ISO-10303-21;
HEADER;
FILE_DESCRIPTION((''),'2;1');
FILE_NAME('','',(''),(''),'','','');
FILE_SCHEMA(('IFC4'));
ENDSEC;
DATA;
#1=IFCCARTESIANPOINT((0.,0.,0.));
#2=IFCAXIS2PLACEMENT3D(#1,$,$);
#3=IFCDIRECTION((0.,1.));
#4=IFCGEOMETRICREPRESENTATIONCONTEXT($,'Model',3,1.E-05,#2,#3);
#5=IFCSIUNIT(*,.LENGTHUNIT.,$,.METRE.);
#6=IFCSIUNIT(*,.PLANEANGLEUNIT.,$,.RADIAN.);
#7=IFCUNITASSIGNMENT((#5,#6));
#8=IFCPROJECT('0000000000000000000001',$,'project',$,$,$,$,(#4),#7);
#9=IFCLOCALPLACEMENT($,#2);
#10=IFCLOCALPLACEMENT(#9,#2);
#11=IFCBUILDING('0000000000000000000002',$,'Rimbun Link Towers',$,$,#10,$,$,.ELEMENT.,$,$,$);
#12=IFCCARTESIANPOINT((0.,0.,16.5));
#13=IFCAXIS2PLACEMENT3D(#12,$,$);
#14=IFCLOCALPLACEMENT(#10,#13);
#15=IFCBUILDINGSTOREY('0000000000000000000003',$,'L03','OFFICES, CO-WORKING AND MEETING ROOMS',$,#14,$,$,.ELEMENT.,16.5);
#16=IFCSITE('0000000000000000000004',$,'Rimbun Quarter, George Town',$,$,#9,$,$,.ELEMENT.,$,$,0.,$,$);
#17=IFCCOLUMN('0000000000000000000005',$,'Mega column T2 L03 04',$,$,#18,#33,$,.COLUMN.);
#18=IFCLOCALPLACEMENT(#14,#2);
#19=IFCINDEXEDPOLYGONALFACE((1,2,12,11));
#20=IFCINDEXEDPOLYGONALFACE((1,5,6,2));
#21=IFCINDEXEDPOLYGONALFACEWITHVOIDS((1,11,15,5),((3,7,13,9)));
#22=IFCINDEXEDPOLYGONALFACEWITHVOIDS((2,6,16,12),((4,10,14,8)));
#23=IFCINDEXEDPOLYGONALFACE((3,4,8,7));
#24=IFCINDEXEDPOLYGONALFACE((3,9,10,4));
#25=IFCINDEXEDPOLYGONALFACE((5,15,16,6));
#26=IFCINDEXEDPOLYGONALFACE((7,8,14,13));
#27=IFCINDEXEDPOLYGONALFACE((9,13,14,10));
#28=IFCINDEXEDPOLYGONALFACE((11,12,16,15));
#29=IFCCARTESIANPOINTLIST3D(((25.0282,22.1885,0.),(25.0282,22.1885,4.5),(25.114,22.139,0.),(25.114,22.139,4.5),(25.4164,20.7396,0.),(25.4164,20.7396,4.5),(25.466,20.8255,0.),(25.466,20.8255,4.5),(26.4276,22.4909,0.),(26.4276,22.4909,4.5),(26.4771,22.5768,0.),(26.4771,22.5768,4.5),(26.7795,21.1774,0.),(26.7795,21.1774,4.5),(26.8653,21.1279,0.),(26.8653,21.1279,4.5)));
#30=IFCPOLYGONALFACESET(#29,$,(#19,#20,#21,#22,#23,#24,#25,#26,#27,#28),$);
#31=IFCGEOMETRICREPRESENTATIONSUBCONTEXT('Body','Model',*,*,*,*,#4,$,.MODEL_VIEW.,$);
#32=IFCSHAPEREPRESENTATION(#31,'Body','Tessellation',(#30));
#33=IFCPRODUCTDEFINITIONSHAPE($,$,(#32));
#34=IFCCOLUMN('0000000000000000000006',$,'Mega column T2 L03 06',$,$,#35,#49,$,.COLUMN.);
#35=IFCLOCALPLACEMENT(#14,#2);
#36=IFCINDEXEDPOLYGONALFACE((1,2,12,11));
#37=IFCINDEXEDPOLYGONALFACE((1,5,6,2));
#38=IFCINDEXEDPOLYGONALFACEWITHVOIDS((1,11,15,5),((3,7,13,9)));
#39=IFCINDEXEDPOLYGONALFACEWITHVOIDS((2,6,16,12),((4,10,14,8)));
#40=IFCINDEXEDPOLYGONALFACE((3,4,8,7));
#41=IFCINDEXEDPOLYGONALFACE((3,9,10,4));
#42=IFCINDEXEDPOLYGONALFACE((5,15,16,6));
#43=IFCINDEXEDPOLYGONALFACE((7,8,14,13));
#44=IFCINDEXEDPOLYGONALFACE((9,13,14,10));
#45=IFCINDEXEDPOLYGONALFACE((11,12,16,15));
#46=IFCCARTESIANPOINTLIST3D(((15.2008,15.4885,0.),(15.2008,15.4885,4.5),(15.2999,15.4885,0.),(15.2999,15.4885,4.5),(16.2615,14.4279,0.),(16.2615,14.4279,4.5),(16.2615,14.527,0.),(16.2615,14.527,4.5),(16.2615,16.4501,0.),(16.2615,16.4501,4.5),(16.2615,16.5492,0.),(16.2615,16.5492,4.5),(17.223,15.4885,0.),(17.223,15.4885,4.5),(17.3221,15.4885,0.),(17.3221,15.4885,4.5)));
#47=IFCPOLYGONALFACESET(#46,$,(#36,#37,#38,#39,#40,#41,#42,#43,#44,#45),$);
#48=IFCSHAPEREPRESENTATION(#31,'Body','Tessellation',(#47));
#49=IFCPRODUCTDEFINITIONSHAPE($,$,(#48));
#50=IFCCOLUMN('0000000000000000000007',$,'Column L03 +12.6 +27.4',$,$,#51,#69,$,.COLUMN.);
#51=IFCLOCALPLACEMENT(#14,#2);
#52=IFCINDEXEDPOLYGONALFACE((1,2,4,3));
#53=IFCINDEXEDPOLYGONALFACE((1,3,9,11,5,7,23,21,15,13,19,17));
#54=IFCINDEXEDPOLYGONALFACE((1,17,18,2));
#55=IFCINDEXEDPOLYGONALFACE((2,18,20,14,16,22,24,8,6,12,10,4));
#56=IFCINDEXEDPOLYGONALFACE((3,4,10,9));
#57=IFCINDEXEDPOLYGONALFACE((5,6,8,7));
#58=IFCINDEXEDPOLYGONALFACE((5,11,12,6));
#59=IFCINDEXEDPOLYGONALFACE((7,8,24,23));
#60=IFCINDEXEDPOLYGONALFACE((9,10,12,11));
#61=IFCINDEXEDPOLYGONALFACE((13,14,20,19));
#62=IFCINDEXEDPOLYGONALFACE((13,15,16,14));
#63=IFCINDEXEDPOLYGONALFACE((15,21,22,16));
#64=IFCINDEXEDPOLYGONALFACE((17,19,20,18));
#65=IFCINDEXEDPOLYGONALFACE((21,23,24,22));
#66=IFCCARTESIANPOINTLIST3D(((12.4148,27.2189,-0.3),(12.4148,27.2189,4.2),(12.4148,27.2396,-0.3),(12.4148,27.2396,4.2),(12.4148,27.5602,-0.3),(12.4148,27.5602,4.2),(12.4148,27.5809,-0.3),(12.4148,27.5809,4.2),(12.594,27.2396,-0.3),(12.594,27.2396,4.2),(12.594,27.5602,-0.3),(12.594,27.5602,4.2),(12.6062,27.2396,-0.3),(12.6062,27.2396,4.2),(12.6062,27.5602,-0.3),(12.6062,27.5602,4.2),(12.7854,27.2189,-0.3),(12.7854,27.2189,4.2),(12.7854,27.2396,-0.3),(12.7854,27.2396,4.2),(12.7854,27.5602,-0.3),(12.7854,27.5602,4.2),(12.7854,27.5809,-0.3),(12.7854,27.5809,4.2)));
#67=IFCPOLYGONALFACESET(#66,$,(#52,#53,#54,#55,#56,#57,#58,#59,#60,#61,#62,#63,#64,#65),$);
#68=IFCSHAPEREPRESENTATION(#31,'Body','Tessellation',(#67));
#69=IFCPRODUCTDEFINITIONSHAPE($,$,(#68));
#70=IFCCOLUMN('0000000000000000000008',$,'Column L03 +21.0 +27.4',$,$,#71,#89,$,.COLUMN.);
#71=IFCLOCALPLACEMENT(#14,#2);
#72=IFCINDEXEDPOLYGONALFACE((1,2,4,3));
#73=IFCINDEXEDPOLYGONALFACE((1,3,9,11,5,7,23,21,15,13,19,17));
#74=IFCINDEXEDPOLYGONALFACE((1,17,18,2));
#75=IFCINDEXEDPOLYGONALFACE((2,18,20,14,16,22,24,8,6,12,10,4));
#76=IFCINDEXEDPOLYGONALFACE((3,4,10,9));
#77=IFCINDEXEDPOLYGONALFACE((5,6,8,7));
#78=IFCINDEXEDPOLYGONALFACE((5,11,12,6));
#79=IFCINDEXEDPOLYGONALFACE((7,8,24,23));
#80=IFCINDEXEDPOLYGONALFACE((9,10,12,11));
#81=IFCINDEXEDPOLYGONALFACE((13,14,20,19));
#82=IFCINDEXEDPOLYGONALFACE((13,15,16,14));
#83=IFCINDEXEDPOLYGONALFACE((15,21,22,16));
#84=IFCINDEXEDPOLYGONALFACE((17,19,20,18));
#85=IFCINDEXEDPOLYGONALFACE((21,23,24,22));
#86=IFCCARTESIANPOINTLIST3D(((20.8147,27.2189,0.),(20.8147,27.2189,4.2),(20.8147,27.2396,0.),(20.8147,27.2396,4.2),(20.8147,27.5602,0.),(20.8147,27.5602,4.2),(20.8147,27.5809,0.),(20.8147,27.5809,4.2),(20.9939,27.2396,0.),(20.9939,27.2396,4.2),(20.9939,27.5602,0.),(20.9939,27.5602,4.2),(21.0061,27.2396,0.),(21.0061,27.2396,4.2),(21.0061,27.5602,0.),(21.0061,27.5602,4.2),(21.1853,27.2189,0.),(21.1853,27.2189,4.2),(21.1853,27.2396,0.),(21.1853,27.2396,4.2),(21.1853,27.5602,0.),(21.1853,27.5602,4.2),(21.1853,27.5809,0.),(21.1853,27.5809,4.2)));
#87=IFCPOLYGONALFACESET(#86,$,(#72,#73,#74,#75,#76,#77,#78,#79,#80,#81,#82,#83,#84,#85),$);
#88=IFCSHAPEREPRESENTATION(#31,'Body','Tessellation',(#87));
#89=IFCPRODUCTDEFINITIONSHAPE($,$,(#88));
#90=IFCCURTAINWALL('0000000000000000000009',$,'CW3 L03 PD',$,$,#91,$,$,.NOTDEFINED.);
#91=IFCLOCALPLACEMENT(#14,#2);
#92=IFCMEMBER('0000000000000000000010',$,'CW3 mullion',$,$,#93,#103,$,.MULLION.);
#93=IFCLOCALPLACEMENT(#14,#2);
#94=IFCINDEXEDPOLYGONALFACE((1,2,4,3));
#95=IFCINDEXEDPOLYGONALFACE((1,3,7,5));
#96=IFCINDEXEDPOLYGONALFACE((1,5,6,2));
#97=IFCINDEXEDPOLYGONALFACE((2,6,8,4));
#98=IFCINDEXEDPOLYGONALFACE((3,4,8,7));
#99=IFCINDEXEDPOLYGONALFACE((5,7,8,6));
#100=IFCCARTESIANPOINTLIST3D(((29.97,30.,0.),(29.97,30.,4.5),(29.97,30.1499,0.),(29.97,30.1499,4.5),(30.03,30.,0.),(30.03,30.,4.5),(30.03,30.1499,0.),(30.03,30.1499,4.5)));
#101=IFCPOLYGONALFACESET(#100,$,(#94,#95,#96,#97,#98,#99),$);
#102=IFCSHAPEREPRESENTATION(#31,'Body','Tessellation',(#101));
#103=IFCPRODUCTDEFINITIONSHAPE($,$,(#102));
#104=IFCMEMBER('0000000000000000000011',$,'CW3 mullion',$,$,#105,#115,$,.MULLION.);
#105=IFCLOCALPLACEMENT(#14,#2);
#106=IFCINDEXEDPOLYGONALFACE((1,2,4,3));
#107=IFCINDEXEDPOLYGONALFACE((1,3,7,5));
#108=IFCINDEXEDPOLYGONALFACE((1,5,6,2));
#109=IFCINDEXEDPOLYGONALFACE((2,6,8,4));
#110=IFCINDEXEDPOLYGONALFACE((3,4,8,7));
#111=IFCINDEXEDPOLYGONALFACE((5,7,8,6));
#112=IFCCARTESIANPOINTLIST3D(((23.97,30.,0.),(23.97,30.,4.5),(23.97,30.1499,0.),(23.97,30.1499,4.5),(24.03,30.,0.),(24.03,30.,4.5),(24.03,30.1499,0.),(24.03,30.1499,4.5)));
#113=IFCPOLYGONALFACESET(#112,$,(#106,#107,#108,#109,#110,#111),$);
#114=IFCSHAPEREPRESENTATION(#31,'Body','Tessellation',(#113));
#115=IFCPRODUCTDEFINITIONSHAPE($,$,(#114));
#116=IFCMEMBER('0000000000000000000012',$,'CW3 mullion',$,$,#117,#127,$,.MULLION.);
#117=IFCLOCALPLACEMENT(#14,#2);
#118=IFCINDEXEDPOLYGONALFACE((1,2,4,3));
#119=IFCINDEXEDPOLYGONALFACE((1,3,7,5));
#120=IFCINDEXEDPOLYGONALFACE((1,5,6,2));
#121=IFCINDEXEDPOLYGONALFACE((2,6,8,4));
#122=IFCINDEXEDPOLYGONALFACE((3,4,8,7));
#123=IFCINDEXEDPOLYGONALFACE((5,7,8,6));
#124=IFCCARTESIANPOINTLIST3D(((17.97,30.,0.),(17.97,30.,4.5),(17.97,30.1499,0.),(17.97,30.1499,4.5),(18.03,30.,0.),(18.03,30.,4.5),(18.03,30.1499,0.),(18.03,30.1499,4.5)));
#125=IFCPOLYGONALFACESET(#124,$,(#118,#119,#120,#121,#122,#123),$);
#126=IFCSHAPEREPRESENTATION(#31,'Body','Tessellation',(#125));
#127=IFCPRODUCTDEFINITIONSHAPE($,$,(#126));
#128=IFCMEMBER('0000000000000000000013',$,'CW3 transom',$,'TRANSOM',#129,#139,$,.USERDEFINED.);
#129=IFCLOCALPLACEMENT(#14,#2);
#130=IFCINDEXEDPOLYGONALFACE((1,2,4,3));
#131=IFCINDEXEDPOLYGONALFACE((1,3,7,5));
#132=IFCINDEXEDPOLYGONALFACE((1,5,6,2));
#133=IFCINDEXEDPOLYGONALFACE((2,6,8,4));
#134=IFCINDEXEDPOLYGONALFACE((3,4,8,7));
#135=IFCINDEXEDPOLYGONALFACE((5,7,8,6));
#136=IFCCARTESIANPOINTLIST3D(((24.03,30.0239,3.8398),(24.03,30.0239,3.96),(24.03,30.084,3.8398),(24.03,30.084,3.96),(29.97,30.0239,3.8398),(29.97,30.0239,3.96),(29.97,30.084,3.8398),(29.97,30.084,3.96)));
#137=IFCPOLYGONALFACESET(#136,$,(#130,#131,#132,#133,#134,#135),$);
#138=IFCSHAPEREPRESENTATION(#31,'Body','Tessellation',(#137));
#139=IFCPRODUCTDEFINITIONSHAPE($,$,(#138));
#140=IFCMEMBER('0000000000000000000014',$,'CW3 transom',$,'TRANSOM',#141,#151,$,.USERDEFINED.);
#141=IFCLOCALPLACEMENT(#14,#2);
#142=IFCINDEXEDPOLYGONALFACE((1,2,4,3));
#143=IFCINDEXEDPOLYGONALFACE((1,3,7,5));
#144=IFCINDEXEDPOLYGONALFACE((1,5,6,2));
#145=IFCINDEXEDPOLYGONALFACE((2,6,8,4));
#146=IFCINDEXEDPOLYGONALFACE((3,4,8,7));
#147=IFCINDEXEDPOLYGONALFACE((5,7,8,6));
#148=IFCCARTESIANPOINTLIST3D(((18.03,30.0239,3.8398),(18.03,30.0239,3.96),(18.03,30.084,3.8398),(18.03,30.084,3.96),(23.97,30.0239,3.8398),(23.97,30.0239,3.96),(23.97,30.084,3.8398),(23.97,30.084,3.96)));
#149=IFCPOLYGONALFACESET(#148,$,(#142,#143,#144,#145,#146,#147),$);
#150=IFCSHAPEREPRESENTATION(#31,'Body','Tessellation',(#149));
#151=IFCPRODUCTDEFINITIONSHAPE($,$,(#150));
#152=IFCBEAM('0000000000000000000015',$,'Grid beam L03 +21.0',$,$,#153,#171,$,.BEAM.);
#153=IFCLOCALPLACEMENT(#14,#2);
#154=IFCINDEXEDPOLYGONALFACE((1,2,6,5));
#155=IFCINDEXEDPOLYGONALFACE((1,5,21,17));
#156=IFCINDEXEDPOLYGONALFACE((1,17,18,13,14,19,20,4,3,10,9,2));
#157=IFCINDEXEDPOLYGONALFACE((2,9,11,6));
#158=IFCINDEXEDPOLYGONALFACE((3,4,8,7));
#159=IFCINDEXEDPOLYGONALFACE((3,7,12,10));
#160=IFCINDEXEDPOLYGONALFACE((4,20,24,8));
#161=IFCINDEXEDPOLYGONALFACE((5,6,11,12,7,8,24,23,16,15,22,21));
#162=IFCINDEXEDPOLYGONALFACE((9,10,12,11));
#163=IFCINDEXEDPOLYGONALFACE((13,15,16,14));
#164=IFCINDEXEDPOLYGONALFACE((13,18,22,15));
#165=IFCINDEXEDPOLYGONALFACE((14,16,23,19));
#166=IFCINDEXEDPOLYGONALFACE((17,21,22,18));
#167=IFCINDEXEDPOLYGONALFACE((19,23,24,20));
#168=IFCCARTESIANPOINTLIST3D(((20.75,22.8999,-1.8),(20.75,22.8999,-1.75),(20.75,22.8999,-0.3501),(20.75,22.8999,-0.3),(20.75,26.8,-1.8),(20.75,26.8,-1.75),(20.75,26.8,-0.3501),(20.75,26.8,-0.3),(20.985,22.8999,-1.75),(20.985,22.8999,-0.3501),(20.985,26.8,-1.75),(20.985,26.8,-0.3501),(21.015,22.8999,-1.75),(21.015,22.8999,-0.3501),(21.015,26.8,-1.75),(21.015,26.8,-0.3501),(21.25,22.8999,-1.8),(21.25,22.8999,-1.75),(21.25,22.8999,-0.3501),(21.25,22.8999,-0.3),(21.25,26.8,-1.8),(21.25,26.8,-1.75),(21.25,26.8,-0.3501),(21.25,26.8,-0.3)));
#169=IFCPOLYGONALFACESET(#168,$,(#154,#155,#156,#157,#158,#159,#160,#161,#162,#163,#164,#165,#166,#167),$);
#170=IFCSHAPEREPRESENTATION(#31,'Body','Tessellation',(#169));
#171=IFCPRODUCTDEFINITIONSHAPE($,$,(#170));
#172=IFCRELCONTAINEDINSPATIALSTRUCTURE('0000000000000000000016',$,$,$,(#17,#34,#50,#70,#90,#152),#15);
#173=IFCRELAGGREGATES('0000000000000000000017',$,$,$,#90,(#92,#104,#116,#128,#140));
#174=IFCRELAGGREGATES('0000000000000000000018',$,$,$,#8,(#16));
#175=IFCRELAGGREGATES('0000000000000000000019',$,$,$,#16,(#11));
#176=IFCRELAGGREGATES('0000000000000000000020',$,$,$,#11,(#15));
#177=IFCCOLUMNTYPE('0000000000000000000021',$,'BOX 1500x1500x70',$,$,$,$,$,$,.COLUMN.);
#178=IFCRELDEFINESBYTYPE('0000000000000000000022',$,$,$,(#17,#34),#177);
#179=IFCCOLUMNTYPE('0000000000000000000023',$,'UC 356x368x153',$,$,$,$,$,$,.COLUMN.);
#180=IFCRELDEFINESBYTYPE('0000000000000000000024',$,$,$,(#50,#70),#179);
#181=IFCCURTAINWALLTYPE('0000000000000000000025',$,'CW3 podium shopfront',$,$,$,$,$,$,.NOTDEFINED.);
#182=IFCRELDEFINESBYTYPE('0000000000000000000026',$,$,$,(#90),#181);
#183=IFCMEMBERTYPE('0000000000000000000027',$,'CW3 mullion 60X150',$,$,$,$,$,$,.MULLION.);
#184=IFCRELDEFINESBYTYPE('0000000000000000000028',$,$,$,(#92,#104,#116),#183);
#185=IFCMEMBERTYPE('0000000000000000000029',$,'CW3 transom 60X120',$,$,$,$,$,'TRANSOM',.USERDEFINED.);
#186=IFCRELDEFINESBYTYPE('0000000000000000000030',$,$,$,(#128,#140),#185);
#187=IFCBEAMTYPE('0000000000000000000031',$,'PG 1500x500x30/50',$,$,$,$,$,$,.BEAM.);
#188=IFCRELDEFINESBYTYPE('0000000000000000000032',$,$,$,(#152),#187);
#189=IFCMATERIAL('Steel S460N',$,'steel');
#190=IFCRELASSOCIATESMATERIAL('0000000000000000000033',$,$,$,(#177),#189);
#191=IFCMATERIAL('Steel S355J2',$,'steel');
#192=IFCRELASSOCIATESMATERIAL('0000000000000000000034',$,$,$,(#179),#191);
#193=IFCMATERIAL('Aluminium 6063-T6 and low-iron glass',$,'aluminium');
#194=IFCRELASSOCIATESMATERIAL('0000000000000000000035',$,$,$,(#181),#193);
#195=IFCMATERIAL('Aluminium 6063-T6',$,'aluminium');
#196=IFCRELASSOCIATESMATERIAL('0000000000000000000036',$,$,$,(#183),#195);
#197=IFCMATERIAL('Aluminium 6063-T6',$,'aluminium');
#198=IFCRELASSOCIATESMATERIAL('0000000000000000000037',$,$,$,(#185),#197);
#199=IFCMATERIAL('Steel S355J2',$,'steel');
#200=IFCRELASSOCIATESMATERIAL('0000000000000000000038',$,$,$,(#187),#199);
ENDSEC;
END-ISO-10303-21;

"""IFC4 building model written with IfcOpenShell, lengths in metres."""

from ifc_helpers import new_model, si_unit, direction, frame, origin, origin_2d, place, context, subcontext, project, spatial, rectangle, hollow_rectangle, i_section, extrude, material, material_profile, profile_set, type_object, element, aggregate, save


model = new_model("IFC4")

# Units and contexts
model_context = context("Model", 3, precision=1e-05, world=origin(), true_north=direction((0.0, 1.0)))
body_context = subcontext(model_context, "Body", "Model", "MODEL_VIEW")
ifc_project = project(units=[si_unit("LENGTHUNIT", "METRE"), si_unit("PLANEANGLEUNIT", "RADIAN")], contexts=[model_context])

# Site, building, storey
site_placement = place(None, origin())
site = spatial("IfcSite", under=ifc_project, at=site_placement, Name="Rimbun Quarter, George Town", CompositionType="ELEMENT", RefElevation=0.0)
building_placement = place(site_placement, origin())
building = spatial("IfcBuilding", under=site, at=building_placement, Name="Rimbun Link Towers", CompositionType="ELEMENT")
storey_placement = place(building_placement, frame((0.0, 0.0, 16.5)))
storey = spatial("IfcBuildingStorey", under=building, at=storey_placement, Name="L03", Description="OFFICES, CO-WORKING AND MEETING ROOMS", CompositionType="ELEMENT", Elevation=16.5)

# Columns
ifc_material_1 = material(Name="Steel S460N", Category="steel")
ifc_material_profile_1 = material_profile(ifc_material_1, hollow_rectangle(XDim=1.5, YDim=1.5, WallThickness=0.0701, at=origin_2d()), Name="BOX 1500x1500x70")
ifc_profile_set_1 = profile_set([ifc_material_profile_1], Name="Steel S460N")
column_type_1 = type_object("IfcColumnType", Name="BOX 1500x1500x70", PredefinedType="COLUMN", material=ifc_profile_set_1)
for number, where, z_axis, x_axis, name in (
    (1, (25.9468, 21.6582, 0.0), (0.0, 0.0, 1.0), (-0.258819, 0.965926, 0.0), "Mega column T2 L03 04"),
    (2, (16.2615, 15.4885, 0.0), (0.0, 0.0, 1.0), (-0.707107, 0.707107, 0.0), "Mega column T2 L03 06"),
):
    element("IfcColumn", number, at=place(storey_placement, frame(where, z_axis=z_axis, x_axis=x_axis)), inside=storey, type_object=column_type_1, Name=name, PredefinedType="COLUMN", context=body_context, shape_type="SweptSolid", body=[
        extrude(hollow_rectangle(XDim=1.5, YDim=1.5, WallThickness=0.0701, at=origin_2d()), origin(), (0.0, 0.0, 1.0), 4.5),
    ])
ifc_material_2 = material(Name="Steel S355J2", Category="steel")
ifc_material_profile_2 = material_profile(ifc_material_2, i_section(OverallWidth=0.3706, OverallDepth=0.3621, WebThickness=0.0122, FlangeThickness=0.0208, at=origin_2d()), Name="UC 356x368x153")
ifc_profile_set_2 = profile_set([ifc_material_profile_2], Name="Steel S355J2")
column_type_2 = type_object("IfcColumnType", Name="UC 356x368x153", PredefinedType="COLUMN", material=ifc_profile_set_2)
column_1_placement = place(storey_placement, frame((12.6001, 27.3999, -0.3), z_axis=(0.0, 0.0, 1.0), x_axis=(1.0, 0.0, 0.0)))
element("IfcColumn", 3, at=column_1_placement, inside=storey, type_object=column_type_2, Name="Column L03 +12.6 +27.4", PredefinedType="COLUMN", context=body_context, shape_type="SweptSolid", body=[
    extrude(i_section(OverallWidth=0.3706, OverallDepth=0.3621, WebThickness=0.0122, FlangeThickness=0.0208, at=origin_2d()), origin(), (0.0, 0.0, 1.0), 4.5),
])
column_2_placement = place(storey_placement, frame((21.0, 27.3999, 0.0), z_axis=(0.0, 0.0, 1.0), x_axis=(1.0, 0.0, 0.0)))
element("IfcColumn", 4, at=column_2_placement, inside=storey, type_object=column_type_2, Name="Column L03 +21.0 +27.4", PredefinedType="COLUMN", context=body_context, shape_type="SweptSolid", body=[
    extrude(i_section(OverallWidth=0.3706, OverallDepth=0.3621, WebThickness=0.0122, FlangeThickness=0.0208, at=origin_2d()), origin(), (0.0, 0.0, 1.0), 4.2),
])

# Curtain wall, members
ifc_material_3 = material(Name="Aluminium 6063-T6 and low-iron glass", Category="aluminium")
curtain_wall_type = type_object("IfcCurtainWallType", Name="CW3 podium shopfront", PredefinedType="NOTDEFINED", material=ifc_material_3)
curtain_wall_placement = place(storey_placement, origin())
curtain_wall = element("IfcCurtainWall", 5, at=curtain_wall_placement, inside=storey, type_object=curtain_wall_type, Name="CW3 L03 PD", PredefinedType="NOTDEFINED")
ifc_material_4 = material(Name="Aluminium 6063-T6", Category="aluminium")
ifc_material_profile_3 = material_profile(ifc_material_4, rectangle(XDim=0.1499, YDim=0.0601, at=origin_2d()), Name="MULLION 60X150")
ifc_profile_set_3 = profile_set([ifc_material_profile_3], Name="Aluminium 6063-T6")
member_type_1 = type_object("IfcMemberType", Name="CW3 mullion 60X150", PredefinedType="MULLION", material=ifc_profile_set_3)
member_1_placement = place(storey_placement, frame((30.0, 30.075, 0.0), z_axis=(0.0, 0.0, 1.0), x_axis=(0.0, 1.0, 0.0)))
member_1 = element("IfcMember", 6, at=member_1_placement, type_object=member_type_1, Name="CW3 mullion", PredefinedType="MULLION", context=body_context, shape_type="SweptSolid", body=[
    extrude(rectangle(XDim=0.1499, YDim=0.0601, at=origin_2d()), origin(), (0.0, 0.0, 1.0), 4.5),
])
member_2_placement = place(storey_placement, frame((24.0, 30.075, 0.0), z_axis=(0.0, 0.0, 1.0), x_axis=(0.0, 1.0, 0.0)))
member_2 = element("IfcMember", 7, at=member_2_placement, type_object=member_type_1, Name="CW3 mullion", PredefinedType="MULLION", context=body_context, shape_type="SweptSolid", body=[
    extrude(rectangle(XDim=0.1499, YDim=0.0601, at=origin_2d()), origin(), (0.0, 0.0, 1.0), 4.5),
])
member_3_placement = place(storey_placement, frame((18.0, 30.075, 0.0), z_axis=(0.0, 0.0, 1.0), x_axis=(0.0, 1.0, 0.0)))
member_3 = element("IfcMember", 8, at=member_3_placement, type_object=member_type_1, Name="CW3 mullion", PredefinedType="MULLION", context=body_context, shape_type="SweptSolid", body=[
    extrude(rectangle(XDim=0.1499, YDim=0.0601, at=origin_2d()), origin(), (0.0, 0.0, 1.0), 4.5),
])
ifc_material_5 = material(Name="Aluminium 6063-T6", Category="aluminium")
ifc_material_profile_4 = material_profile(ifc_material_5, rectangle(XDim=0.0601, YDim=0.1201, at=origin_2d()), Name="TRANSOM 60X120")
ifc_profile_set_4 = profile_set([ifc_material_profile_4], Name="Aluminium 6063-T6")
member_type_2 = type_object("IfcMemberType", Name="CW3 transom 60X120", ElementType="TRANSOM", PredefinedType="USERDEFINED", material=ifc_profile_set_4)
member_4_placement = place(storey_placement, frame((24.03, 30.054, 3.8999), z_axis=(1.0, 0.0, 0.0), x_axis=(0.0, 1.0, 0.0)))
member_4 = element("IfcMember", 9, at=member_4_placement, type_object=member_type_2, Name="CW3 transom", ObjectType="TRANSOM", PredefinedType="USERDEFINED", context=body_context, shape_type="SweptSolid", body=[
    extrude(rectangle(XDim=0.0601, YDim=0.1201, at=origin_2d()), origin(), (0.0, 0.0, 1.0), 5.9399),
])
member_5_placement = place(storey_placement, frame((18.03, 30.054, 3.8999), z_axis=(1.0, 0.0, 0.0), x_axis=(0.0, 1.0, 0.0)))
member_5 = element("IfcMember", 10, at=member_5_placement, type_object=member_type_2, Name="CW3 transom", ObjectType="TRANSOM", PredefinedType="USERDEFINED", context=body_context, shape_type="SweptSolid", body=[
    extrude(rectangle(XDim=0.0601, YDim=0.1201, at=origin_2d()), origin(), (0.0, 0.0, 1.0), 5.9399),
])

# Beam
ifc_material_6 = material(Name="Steel S355J2", Category="steel")
ifc_material_profile_5 = material_profile(ifc_material_6, i_section(OverallWidth=0.5, OverallDepth=1.5, WebThickness=0.03, FlangeThickness=0.05, at=origin_2d()), Name="PG 1500x500x30/50")
ifc_profile_set_5 = profile_set([ifc_material_profile_5], Name="Steel S355J2")
beam_type_1 = type_object("IfcBeamType", Name="PG 1500x500x30/50", PredefinedType="BEAM", material=ifc_profile_set_5)
beam_1_placement = place(storey_placement, frame((21.0, 22.8999, -1.05), z_axis=(0.0, 1.0, 0.0), x_axis=(-1.0, 0.0, 0.0)))
element("IfcBeam", 11, at=beam_1_placement, inside=storey, type_object=beam_type_1, Name="Grid beam L03 +21.0", PredefinedType="BEAM", context=body_context, shape_type="SweptSolid", body=[
    extrude(i_section(OverallWidth=0.5, OverallDepth=1.5, WebThickness=0.03, FlangeThickness=0.05, at=origin_2d()), origin(), (0.0, 0.0, 1.0), 3.9001),
])

aggregate(curtain_wall, [member_1, member_2, member_3, member_4, member_5])

save(model, "model.ifc")
